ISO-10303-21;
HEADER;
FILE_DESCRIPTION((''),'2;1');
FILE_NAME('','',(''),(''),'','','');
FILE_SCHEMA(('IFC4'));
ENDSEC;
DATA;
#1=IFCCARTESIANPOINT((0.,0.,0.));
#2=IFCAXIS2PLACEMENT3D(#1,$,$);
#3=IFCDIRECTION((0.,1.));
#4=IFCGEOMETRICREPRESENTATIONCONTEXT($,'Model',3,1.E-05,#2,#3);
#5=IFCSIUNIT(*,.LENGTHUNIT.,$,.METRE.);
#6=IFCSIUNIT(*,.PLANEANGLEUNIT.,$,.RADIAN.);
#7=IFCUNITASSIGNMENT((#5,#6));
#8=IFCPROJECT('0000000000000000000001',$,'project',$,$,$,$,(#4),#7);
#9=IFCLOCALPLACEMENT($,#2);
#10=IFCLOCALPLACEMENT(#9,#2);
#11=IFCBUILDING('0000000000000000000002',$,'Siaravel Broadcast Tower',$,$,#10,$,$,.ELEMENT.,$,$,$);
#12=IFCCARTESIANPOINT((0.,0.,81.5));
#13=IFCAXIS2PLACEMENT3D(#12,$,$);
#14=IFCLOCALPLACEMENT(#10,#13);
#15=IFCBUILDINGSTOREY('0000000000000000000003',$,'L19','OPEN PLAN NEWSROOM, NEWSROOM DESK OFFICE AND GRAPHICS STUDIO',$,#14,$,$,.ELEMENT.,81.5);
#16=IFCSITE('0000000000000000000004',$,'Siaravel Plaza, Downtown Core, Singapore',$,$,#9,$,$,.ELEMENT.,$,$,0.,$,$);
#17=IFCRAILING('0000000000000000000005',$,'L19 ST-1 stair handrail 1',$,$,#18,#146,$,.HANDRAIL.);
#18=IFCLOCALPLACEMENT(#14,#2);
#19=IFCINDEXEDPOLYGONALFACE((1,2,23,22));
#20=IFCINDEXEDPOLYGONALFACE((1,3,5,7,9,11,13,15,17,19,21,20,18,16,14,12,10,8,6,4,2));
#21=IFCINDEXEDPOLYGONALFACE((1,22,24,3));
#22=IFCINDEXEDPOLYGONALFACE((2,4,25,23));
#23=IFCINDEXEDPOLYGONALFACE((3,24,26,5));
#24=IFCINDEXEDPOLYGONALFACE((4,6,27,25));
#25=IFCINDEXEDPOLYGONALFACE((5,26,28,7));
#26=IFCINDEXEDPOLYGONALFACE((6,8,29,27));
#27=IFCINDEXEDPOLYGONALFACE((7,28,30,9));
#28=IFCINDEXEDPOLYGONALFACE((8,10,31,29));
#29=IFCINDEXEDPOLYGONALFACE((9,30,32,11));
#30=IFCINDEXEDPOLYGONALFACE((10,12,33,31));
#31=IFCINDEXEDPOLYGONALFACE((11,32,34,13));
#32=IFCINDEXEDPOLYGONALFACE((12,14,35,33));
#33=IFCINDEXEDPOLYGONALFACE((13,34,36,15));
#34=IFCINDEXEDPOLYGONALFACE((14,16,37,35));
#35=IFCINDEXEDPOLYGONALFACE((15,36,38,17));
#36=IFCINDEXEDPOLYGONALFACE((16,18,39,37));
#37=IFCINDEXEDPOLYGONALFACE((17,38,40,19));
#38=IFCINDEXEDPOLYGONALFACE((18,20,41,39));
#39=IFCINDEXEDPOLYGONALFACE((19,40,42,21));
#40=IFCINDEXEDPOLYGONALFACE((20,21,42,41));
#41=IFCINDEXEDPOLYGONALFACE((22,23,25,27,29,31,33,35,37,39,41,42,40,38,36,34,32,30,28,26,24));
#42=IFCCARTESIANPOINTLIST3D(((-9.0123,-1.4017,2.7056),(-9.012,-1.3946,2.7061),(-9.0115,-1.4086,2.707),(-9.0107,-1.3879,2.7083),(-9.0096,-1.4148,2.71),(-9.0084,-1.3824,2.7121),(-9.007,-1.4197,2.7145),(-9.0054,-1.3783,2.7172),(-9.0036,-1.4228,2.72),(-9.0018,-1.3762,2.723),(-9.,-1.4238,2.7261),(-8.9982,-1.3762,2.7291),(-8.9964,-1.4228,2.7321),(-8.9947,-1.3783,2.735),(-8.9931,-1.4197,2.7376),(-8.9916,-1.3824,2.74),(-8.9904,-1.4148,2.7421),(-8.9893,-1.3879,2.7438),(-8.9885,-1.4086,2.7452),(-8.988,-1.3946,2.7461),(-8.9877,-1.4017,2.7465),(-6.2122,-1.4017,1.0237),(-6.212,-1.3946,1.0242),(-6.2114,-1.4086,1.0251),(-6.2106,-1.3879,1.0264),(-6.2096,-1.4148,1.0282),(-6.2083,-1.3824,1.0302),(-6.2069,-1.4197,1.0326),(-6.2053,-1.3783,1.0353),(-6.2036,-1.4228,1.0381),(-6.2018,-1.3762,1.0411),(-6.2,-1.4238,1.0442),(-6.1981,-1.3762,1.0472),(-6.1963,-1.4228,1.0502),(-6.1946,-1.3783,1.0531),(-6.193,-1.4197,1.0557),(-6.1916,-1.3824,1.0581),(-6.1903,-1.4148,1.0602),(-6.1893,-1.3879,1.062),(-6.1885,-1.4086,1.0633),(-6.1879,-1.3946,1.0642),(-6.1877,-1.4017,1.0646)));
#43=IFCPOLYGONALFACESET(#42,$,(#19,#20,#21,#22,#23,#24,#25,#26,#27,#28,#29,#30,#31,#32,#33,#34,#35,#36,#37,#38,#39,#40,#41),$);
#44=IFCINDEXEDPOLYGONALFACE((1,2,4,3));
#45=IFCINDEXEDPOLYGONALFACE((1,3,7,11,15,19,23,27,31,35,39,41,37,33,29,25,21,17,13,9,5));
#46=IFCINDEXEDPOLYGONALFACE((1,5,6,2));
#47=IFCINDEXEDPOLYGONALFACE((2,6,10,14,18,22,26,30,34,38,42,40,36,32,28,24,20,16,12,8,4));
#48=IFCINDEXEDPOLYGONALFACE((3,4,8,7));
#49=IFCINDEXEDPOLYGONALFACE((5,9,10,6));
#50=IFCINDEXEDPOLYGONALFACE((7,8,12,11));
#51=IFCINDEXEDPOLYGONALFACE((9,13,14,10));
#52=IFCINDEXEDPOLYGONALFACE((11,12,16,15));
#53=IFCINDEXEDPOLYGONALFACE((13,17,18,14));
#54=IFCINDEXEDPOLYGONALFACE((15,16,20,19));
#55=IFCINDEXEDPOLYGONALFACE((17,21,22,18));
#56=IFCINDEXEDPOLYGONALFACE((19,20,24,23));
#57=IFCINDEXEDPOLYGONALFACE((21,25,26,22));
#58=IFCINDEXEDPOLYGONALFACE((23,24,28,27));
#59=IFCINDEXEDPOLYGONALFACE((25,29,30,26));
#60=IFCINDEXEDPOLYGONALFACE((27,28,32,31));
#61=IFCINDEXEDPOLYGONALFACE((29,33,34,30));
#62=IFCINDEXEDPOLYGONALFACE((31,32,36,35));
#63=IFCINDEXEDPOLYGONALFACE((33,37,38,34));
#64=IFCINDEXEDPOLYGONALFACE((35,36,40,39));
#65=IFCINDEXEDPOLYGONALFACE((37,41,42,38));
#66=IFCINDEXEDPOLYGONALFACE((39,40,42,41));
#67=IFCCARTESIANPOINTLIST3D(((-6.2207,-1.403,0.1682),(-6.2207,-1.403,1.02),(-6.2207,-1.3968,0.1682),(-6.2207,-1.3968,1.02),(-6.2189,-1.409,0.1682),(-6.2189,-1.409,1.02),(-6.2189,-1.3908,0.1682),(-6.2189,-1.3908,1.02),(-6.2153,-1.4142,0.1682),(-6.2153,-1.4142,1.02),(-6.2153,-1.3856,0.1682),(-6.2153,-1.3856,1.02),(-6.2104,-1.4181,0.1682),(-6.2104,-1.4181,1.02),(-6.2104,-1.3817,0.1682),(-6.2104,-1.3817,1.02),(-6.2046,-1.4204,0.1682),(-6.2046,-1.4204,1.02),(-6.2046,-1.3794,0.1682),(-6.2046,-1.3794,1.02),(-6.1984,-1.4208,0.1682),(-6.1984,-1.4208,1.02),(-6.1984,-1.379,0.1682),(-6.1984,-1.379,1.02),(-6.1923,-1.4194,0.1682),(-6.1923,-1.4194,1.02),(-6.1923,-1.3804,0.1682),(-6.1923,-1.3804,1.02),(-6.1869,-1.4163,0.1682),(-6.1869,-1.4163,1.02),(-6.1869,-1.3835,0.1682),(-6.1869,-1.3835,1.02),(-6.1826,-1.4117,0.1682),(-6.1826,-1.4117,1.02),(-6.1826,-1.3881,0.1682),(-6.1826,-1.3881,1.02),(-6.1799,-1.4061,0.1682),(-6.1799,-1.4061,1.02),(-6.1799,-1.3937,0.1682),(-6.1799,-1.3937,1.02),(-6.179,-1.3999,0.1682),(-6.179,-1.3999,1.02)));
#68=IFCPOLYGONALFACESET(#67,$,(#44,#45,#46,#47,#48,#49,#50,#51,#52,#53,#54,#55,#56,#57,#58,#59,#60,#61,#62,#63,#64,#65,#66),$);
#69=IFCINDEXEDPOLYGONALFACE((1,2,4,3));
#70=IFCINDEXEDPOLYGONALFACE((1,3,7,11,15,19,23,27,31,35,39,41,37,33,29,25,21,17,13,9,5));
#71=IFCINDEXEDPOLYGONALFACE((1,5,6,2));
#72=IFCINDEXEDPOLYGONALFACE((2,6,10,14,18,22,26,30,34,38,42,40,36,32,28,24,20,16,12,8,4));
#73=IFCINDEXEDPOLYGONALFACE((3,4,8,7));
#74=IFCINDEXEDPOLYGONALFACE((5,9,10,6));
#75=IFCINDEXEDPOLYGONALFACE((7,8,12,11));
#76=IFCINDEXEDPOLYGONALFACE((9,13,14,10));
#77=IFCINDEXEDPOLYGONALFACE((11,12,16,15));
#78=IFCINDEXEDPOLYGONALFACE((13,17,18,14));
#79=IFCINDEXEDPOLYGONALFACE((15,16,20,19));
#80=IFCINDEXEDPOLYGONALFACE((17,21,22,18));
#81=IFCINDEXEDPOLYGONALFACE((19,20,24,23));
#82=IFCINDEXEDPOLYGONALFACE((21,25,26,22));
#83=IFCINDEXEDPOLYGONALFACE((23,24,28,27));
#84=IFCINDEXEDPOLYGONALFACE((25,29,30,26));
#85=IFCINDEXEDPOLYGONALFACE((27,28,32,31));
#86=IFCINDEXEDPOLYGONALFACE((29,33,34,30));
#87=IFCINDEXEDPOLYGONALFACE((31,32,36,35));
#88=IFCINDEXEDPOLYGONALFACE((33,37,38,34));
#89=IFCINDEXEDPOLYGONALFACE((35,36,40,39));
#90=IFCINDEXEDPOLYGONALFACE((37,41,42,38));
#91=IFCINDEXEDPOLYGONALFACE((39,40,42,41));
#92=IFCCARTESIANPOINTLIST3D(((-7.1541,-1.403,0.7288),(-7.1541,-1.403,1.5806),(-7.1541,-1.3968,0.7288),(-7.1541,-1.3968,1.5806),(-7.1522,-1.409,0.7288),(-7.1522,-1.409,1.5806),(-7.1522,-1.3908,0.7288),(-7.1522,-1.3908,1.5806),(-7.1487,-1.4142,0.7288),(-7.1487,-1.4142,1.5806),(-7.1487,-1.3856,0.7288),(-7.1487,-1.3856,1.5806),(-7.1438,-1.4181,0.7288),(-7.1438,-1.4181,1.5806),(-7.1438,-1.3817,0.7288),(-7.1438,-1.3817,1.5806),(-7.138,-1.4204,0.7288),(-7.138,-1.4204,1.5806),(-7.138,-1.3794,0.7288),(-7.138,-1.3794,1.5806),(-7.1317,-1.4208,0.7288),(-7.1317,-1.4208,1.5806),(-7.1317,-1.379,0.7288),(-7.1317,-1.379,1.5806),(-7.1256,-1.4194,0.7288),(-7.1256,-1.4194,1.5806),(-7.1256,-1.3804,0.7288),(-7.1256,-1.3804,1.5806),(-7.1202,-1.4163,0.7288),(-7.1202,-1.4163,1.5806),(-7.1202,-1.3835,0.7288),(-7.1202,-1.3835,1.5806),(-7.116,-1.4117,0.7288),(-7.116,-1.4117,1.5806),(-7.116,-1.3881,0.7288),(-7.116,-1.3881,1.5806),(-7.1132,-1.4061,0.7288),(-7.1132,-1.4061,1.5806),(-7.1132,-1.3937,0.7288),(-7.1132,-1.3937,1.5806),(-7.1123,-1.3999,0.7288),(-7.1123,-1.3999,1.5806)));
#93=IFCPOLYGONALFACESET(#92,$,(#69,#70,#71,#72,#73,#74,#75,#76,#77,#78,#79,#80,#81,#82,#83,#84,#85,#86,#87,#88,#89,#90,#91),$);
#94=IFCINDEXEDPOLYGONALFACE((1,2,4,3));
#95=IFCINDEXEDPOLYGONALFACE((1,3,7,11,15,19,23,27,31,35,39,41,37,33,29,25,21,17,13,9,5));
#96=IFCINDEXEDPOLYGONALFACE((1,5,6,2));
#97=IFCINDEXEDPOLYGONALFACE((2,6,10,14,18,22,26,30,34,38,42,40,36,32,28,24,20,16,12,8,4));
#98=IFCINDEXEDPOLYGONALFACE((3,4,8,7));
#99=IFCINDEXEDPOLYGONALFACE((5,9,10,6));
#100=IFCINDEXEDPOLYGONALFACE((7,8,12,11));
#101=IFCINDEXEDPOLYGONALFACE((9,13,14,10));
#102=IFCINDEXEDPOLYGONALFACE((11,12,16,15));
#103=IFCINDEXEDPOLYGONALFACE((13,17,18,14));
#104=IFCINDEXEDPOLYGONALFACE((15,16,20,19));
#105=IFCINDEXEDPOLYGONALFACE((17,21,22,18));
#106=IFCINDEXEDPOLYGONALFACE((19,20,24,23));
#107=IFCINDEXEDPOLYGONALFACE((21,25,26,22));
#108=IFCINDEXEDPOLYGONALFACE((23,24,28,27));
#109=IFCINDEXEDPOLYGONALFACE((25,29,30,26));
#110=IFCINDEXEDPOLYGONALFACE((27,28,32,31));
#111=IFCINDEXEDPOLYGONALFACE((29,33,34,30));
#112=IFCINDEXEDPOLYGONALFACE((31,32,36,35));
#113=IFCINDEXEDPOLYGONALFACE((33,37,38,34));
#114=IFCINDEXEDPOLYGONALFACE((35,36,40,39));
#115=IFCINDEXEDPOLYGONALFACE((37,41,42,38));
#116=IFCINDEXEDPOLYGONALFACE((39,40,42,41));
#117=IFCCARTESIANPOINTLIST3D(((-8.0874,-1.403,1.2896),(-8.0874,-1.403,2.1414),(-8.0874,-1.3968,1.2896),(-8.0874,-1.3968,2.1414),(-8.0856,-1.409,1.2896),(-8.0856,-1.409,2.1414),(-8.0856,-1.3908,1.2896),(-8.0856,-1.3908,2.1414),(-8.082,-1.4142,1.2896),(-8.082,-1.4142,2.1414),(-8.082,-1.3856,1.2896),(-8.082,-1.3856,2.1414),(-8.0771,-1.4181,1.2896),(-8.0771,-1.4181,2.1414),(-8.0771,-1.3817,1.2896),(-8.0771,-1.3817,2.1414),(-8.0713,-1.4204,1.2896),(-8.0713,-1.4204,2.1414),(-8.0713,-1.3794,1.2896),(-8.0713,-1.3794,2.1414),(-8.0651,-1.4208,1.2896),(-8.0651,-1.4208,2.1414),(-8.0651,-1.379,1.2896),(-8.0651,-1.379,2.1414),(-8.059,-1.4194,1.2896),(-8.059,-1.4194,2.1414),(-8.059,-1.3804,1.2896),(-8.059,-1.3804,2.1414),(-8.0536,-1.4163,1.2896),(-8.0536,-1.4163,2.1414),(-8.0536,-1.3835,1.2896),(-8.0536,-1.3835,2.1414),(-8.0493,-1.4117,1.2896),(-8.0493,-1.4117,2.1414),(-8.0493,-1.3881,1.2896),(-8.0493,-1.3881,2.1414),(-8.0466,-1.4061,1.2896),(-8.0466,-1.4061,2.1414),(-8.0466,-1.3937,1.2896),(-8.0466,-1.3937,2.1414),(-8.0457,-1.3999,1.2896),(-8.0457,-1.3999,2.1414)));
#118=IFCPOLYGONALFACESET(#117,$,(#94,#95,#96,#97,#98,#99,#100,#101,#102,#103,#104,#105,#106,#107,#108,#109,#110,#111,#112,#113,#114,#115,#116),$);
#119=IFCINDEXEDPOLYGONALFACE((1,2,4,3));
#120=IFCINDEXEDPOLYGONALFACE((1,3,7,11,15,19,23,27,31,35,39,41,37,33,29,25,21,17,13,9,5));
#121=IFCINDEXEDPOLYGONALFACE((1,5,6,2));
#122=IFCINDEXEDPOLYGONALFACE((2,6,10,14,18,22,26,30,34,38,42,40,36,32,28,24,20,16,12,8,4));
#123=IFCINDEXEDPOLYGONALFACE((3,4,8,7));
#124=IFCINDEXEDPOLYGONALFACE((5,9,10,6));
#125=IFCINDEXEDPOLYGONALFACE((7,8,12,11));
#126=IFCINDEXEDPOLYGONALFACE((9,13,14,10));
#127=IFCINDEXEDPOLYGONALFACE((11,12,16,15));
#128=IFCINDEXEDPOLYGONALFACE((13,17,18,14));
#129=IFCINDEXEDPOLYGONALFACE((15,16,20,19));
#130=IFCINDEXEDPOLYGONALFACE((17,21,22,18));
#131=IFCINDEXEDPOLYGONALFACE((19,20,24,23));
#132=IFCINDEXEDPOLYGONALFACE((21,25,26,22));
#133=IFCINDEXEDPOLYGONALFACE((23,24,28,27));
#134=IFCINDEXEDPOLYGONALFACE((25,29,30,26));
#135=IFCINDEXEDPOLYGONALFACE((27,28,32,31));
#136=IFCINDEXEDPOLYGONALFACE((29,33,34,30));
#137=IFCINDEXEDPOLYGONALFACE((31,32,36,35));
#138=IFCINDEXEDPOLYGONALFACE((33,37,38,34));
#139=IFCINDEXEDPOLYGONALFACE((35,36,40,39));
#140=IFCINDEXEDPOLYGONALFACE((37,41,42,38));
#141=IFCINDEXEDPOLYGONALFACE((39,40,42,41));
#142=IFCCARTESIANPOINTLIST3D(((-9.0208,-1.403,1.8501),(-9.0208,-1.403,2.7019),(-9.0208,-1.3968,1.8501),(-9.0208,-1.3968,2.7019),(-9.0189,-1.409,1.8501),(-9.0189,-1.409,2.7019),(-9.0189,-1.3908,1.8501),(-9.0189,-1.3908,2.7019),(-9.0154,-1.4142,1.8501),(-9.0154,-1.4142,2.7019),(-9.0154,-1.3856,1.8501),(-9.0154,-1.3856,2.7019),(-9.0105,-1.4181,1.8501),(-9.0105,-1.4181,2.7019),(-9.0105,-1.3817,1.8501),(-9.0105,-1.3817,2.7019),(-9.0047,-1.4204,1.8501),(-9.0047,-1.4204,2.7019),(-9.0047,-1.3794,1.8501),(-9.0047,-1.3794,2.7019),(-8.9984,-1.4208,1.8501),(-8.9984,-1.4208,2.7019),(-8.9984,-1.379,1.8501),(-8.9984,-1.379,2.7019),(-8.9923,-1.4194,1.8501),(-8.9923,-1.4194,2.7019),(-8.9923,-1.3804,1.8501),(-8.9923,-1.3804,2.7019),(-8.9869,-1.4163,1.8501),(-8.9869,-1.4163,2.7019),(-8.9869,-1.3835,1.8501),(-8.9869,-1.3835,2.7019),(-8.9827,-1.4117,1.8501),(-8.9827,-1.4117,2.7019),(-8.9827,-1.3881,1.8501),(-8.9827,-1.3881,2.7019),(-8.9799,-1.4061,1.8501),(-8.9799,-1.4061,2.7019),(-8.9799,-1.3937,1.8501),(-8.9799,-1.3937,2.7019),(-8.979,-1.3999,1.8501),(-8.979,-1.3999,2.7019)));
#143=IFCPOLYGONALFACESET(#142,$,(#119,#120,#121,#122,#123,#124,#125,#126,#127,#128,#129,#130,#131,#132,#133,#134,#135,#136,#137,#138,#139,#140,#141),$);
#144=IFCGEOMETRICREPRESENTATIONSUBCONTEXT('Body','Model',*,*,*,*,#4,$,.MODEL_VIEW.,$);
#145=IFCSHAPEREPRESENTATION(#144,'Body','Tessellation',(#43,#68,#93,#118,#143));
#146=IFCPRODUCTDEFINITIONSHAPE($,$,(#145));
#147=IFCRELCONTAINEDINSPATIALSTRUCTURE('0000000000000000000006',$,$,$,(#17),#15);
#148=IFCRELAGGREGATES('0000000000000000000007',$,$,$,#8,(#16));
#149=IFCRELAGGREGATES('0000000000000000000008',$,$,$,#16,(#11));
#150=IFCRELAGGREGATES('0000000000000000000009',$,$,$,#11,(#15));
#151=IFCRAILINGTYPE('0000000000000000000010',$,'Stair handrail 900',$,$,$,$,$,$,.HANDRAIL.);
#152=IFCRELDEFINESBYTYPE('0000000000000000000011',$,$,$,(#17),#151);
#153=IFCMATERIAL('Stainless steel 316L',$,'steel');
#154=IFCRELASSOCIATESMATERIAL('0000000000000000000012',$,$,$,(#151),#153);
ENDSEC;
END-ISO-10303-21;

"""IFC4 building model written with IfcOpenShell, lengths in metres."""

from ifc_helpers import new_model, si_unit, direction, frame, origin, origin_2d, place, context, subcontext, project, spatial, circle, extrude, material, type_object, element, save


model = new_model("IFC4")

# Units and contexts
model_context = context("Model", 3, precision=1e-05, world=origin(), true_north=direction((0.0, 1.0)))
body_context = subcontext(model_context, "Body", "Model", "MODEL_VIEW")
ifc_project = project(units=[si_unit("LENGTHUNIT", "METRE"), si_unit("PLANEANGLEUNIT", "RADIAN")], contexts=[model_context])

# Site, building, storey
site_placement = place(None, origin())
site = spatial("IfcSite", under=ifc_project, at=site_placement, Name="Siaravel Plaza, Downtown Core, Singapore", CompositionType="ELEMENT", RefElevation=0.0)
building_placement = place(site_placement, origin())
building = spatial("IfcBuilding", under=site, at=building_placement, Name="Siaravel Broadcast Tower", CompositionType="ELEMENT")
storey_placement = place(building_placement, frame((0.0, 0.0, 81.5)))
storey = spatial("IfcBuildingStorey", under=building, at=storey_placement, Name="L19", Description="OPEN PLAN NEWSROOM, NEWSROOM DESK OFFICE AND GRAPHICS STUDIO", CompositionType="ELEMENT", Elevation=81.5)

# Shared definitions
ifc_material_1 = material(Name="Stainless steel 316L", Category="steel")

# Railing
railing_type_1 = type_object("IfcRailingType", Name="Stair handrail 900", PredefinedType="HANDRAIL", material=ifc_material_1)
railing_1_placement = place(storey_placement, frame((-6.2, -1.3999, 0.1682)))
element("IfcRailing", 1, at=railing_1_placement, inside=storey, type_object=railing_type_1, Name="L19 ST-1 stair handrail 1", PredefinedType="HANDRAIL", context=body_context, shape_type="SweptSolid", body=[
    extrude(circle(Radius=0.0239, at=origin_2d()), frame((0.0, 0.0, 0.876), z_axis=(-0.857242, 0.0, 0.514913), x_axis=(0.0, -1.0, 0.0)), (0.0, 0.0, 1.0), 3.2664),
    extrude(circle(Radius=0.021, at=origin_2d()), origin(), (0.0, 0.0, 1.0), 0.8518),
    extrude(circle(Radius=0.021, at=origin_2d()), frame((-0.9333, 0.0, 0.5605)), (0.0, 0.0, 1.0), 0.8518),
    extrude(circle(Radius=0.021, at=origin_2d()), frame((-1.8667, 0.0, 1.1213)), (0.0, 0.0, 1.0), 0.8518),
    extrude(circle(Radius=0.021, at=origin_2d()), frame((-2.8, 0.0, 1.6819)), (0.0, 0.0, 1.0), 0.8518),
])

save(model, "model.ifc")
